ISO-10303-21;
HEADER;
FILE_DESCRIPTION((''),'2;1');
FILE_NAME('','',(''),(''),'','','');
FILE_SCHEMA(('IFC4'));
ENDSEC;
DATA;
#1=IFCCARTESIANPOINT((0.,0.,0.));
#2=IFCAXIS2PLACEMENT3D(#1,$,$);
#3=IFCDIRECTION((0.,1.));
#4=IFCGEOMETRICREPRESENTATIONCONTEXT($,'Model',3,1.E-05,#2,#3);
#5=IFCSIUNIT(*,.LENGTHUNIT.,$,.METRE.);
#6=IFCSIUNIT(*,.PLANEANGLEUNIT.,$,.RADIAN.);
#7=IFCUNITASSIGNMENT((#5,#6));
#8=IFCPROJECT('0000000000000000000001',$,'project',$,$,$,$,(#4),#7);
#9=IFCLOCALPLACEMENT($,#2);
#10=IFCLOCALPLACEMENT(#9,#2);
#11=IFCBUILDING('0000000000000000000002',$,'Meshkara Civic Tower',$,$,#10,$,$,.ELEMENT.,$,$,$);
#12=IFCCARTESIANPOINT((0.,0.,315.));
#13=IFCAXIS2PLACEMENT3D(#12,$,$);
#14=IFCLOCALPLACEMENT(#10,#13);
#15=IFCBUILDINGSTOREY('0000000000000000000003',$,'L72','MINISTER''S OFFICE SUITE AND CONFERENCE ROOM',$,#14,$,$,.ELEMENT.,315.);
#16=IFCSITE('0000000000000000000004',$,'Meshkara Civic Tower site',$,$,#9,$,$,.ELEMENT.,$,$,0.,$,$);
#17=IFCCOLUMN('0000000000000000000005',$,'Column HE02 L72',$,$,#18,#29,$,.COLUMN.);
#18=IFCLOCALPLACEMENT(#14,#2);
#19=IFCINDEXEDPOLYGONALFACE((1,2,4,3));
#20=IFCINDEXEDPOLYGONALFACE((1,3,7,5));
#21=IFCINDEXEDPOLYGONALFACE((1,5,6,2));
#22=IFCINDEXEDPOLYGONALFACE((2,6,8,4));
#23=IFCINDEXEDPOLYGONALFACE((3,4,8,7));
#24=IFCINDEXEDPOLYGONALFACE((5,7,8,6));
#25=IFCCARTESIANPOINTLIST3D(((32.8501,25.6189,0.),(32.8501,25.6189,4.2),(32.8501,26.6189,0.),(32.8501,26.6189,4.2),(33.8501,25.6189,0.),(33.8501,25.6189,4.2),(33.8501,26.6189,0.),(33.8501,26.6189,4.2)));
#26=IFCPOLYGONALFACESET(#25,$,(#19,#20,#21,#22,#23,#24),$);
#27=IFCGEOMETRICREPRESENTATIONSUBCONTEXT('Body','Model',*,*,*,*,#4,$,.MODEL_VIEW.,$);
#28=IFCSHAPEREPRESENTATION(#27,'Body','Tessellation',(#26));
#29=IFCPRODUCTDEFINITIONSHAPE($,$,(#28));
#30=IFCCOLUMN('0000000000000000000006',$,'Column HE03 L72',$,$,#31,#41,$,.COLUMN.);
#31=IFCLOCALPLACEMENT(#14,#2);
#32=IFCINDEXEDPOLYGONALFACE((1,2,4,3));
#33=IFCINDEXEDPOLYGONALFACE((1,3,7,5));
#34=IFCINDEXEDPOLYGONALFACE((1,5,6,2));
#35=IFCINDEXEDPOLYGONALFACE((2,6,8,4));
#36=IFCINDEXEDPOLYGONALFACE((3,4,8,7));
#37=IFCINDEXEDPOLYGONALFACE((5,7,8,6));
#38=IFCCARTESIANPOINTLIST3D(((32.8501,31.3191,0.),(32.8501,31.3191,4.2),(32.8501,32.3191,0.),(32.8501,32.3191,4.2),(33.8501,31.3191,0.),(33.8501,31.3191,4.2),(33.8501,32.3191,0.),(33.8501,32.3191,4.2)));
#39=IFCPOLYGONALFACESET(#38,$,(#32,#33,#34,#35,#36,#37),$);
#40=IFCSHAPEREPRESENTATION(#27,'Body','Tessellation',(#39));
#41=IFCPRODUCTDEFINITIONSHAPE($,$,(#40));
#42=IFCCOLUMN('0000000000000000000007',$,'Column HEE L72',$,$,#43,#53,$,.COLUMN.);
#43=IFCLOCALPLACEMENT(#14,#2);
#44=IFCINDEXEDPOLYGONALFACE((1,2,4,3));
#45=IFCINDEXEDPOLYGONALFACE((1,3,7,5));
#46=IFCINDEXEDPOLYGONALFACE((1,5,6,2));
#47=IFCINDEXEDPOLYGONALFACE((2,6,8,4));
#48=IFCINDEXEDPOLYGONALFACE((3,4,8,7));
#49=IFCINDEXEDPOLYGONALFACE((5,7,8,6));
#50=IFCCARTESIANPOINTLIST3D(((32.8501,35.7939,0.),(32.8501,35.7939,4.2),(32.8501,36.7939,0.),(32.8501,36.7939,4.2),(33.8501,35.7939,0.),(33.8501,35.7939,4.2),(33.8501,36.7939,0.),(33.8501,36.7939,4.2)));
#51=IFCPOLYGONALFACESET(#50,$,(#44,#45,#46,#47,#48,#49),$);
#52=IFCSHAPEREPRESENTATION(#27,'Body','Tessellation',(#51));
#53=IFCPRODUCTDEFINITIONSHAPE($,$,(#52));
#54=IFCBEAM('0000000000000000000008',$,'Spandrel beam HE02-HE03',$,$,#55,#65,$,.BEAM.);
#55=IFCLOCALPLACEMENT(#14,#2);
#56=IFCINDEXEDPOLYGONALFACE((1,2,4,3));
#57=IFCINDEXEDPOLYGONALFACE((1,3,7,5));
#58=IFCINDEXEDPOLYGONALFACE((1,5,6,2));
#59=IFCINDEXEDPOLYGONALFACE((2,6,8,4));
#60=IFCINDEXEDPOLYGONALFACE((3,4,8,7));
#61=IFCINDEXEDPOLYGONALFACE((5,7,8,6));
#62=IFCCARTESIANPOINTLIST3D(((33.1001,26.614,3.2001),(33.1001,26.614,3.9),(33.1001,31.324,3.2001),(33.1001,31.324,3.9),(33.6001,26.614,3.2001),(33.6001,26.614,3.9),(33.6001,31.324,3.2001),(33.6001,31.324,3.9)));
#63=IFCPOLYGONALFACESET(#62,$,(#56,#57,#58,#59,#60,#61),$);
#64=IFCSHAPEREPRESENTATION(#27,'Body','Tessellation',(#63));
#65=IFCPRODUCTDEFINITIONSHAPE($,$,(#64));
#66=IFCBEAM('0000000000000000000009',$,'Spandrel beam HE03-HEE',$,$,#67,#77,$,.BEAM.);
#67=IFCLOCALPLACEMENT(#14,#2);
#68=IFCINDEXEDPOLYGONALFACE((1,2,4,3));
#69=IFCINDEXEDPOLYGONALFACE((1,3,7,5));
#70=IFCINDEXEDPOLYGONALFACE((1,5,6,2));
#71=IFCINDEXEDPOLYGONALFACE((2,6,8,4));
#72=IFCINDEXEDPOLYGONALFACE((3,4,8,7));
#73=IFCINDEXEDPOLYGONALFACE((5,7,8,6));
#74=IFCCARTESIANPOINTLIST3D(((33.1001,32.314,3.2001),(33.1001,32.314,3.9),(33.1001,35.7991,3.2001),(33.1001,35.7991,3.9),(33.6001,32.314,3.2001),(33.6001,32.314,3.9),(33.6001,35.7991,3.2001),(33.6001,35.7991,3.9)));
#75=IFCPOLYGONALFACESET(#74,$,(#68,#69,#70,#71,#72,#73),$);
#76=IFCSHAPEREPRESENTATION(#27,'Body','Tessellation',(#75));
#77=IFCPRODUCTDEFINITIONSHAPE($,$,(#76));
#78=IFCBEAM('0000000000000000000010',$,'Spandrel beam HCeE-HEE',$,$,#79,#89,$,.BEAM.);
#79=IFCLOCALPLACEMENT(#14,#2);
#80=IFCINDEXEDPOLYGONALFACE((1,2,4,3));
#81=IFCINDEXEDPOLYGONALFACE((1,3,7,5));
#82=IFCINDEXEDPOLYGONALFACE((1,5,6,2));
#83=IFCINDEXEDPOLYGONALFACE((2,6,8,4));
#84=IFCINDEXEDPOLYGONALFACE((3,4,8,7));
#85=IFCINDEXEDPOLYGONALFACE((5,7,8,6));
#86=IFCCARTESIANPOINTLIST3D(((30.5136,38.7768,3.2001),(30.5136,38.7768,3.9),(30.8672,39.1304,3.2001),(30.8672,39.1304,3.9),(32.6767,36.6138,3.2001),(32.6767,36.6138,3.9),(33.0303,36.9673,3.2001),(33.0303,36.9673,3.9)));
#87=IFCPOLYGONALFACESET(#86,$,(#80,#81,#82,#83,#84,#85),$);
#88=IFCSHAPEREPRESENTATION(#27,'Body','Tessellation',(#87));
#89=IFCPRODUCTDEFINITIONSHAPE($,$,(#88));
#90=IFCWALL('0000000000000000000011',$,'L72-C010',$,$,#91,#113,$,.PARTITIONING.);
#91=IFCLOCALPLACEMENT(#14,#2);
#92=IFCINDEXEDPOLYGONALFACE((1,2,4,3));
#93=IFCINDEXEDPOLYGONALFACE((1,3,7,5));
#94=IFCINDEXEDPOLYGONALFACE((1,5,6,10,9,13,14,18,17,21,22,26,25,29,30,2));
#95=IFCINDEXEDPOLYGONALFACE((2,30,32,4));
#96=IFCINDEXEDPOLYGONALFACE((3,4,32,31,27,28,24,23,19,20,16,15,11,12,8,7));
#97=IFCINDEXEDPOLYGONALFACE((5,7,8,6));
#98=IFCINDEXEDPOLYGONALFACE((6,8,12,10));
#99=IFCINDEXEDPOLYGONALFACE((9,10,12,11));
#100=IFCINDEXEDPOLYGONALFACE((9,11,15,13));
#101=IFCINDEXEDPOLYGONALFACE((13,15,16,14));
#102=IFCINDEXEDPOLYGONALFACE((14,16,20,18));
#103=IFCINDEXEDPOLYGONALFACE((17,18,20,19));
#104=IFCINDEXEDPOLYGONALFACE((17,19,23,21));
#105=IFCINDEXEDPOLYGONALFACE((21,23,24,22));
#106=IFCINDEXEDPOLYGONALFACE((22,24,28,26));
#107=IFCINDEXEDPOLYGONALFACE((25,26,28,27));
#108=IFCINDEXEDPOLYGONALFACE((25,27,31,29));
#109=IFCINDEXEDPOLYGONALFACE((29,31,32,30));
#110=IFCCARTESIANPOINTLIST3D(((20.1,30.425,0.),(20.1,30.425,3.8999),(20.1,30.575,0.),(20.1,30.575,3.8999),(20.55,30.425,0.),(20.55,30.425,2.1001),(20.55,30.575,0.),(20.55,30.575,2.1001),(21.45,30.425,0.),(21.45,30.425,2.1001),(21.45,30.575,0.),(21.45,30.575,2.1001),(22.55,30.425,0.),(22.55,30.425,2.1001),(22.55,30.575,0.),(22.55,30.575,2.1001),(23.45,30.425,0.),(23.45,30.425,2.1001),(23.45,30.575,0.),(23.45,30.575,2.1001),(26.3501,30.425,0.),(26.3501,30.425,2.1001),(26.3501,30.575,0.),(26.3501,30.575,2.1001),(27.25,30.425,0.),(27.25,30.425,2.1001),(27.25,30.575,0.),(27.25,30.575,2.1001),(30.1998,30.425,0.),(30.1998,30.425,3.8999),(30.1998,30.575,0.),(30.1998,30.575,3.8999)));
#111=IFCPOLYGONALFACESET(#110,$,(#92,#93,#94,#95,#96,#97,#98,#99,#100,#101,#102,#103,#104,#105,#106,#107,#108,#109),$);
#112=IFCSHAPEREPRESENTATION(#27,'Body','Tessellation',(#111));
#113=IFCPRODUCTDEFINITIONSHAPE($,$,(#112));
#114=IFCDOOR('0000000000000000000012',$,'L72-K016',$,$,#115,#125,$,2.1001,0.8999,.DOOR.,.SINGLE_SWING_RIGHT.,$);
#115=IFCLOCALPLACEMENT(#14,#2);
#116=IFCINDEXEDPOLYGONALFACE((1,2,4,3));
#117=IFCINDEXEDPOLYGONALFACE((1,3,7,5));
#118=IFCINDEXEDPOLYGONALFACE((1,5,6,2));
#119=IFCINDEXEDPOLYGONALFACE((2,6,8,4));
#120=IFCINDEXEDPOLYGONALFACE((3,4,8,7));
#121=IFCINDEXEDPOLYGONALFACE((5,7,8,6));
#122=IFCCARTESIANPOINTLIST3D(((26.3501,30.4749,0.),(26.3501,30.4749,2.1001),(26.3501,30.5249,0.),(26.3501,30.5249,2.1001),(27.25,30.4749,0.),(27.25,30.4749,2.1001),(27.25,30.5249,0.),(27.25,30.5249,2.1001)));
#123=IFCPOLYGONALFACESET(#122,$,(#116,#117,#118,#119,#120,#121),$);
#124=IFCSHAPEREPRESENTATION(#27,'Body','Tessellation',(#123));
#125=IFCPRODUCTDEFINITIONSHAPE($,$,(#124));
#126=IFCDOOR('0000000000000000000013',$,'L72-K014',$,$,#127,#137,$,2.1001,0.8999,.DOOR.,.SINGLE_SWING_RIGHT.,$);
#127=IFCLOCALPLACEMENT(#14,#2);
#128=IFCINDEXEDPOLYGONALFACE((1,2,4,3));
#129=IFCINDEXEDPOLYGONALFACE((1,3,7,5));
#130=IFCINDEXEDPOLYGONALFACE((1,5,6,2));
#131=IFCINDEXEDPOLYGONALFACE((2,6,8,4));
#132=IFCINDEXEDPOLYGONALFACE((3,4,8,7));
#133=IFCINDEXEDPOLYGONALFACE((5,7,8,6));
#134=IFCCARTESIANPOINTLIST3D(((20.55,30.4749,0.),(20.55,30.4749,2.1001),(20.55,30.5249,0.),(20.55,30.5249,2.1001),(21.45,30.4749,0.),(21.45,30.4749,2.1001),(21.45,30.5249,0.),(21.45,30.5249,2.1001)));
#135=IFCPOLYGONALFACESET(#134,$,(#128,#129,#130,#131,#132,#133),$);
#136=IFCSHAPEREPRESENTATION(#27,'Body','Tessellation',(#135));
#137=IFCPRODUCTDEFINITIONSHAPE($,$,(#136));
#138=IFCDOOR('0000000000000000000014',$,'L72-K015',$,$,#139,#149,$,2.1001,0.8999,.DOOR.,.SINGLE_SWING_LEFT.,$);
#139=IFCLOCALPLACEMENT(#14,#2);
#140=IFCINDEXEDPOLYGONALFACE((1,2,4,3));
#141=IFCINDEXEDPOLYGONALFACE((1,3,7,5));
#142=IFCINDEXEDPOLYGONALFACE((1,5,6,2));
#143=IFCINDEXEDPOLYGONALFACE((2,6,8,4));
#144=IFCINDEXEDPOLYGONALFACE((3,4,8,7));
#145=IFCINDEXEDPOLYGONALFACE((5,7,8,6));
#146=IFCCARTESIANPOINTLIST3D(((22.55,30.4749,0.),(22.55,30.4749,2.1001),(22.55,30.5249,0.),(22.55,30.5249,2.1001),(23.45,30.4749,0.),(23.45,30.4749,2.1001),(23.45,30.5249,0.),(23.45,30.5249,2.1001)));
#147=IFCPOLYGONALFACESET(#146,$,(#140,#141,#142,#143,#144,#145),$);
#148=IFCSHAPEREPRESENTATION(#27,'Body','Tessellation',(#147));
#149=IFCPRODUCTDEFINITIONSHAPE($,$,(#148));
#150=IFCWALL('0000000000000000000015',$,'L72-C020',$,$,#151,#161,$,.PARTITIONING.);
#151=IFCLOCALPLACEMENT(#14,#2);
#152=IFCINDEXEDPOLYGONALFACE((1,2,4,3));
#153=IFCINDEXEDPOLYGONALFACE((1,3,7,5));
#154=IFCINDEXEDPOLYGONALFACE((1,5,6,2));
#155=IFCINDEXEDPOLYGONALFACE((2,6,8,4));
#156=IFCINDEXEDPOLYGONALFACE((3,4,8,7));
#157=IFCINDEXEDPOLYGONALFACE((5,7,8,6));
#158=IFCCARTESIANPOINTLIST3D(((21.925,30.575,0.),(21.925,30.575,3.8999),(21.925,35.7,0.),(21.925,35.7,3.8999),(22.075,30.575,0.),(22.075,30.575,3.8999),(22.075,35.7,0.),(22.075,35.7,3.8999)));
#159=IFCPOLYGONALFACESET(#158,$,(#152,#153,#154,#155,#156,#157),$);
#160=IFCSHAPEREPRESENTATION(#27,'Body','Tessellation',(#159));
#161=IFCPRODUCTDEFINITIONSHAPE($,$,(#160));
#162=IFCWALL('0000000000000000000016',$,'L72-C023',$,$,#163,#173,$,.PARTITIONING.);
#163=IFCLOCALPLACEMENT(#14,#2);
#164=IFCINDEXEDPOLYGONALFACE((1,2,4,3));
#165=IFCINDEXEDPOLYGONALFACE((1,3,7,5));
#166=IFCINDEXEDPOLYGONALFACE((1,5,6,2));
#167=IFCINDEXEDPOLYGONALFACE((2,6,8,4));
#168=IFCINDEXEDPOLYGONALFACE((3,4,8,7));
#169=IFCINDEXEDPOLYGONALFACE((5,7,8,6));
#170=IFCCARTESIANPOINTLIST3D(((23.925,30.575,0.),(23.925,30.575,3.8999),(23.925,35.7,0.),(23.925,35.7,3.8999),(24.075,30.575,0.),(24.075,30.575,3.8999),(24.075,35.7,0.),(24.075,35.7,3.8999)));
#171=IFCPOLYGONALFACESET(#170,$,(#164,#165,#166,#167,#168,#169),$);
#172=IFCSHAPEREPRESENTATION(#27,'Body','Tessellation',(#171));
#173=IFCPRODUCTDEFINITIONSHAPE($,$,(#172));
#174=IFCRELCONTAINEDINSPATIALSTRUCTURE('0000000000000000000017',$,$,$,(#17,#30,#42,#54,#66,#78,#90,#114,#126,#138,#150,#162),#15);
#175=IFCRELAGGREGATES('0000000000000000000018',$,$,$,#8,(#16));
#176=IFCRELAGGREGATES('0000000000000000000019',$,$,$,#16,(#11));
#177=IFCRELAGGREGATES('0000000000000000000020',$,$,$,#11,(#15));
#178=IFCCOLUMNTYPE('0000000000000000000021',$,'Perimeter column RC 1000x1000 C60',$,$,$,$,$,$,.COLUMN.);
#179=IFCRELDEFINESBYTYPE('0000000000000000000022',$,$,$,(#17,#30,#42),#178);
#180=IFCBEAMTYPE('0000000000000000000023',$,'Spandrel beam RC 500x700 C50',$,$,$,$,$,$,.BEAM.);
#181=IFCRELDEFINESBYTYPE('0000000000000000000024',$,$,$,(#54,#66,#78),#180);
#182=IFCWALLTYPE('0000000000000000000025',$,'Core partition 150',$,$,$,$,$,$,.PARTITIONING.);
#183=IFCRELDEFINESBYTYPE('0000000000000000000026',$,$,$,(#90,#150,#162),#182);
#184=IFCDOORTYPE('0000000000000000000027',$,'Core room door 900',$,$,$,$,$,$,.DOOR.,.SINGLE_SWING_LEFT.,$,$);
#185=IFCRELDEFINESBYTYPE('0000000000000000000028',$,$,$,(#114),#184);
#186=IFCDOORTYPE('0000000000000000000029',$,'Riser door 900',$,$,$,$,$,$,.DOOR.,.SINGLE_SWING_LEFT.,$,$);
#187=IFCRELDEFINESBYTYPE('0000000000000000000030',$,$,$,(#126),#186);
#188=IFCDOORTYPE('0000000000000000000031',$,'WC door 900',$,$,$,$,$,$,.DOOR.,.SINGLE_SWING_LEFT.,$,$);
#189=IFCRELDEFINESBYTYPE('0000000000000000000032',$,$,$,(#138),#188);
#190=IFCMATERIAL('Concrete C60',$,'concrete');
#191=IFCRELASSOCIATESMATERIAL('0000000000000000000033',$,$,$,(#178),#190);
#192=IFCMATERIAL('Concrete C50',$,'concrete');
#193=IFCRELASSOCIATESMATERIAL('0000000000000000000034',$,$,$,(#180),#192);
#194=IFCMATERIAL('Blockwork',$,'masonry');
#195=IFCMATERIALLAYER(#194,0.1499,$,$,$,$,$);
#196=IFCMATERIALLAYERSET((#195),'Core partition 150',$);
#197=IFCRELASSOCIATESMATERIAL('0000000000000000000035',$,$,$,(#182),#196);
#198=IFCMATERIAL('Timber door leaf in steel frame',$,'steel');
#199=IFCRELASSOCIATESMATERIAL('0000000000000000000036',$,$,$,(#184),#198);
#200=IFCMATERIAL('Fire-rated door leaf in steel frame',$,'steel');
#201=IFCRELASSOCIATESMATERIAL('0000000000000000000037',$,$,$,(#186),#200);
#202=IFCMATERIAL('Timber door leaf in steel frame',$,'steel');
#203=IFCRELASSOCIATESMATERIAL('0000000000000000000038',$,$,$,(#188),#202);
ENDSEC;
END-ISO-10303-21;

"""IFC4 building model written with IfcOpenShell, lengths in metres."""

from ifc_helpers import new_model, si_unit, direction, frame, frame_2d, origin, origin_2d, place, context, subcontext, project, spatial, rectangle, extrude, material, layer, layer_set, material_profile, profile_set, type_object, element, fill, save


model = new_model("IFC4")

# Units and contexts
model_context = context("Model", 3, precision=1e-05, world=origin(), true_north=direction((0.0, 1.0)))
body_context = subcontext(model_context, "Body", "Model", "MODEL_VIEW")
ifc_project = project(units=[si_unit("LENGTHUNIT", "METRE"), si_unit("PLANEANGLEUNIT", "RADIAN")], contexts=[model_context])

# Site, building, storey
site_placement = place(None, origin())
site = spatial("IfcSite", under=ifc_project, at=site_placement, Name="Meshkara Civic Tower site", CompositionType="ELEMENT", RefElevation=0.0)
building_placement = place(site_placement, origin())
building = spatial("IfcBuilding", under=site, at=building_placement, Name="Meshkara Civic Tower", CompositionType="ELEMENT")
storey_placement = place(building_placement, frame((0.0, 0.0, 315.0)))
storey = spatial("IfcBuildingStorey", under=building, at=storey_placement, Name="L72", Description="MINISTER'S OFFICE SUITE AND CONFERENCE ROOM", CompositionType="ELEMENT", Elevation=315.0)

# Columns
ifc_material_1 = material(Name="Concrete C60", Category="concrete")
ifc_material_profile_1 = material_profile(ifc_material_1, rectangle(XDim=1.0, YDim=1.0, at=origin_2d()))
ifc_profile_set_1 = profile_set([ifc_material_profile_1], Name="Concrete C60")
column_type = type_object("IfcColumnType", Name="Perimeter column RC 1000x1000 C60", PredefinedType="COLUMN", material=ifc_profile_set_1)
for number, where, z_axis, x_axis, name in (
    (1, (33.3501, 26.1189, 0.0), (0.0, 0.0, 1.0), (1.0, 0.0, 0.0), "Column HE02 L72"),
    (2, (33.3501, 31.8191, 0.0), (0.0, 0.0, 1.0), (1.0, 0.0, 0.0), "Column HE03 L72"),
    (3, (33.3501, 36.2939, 0.0), (0.0, 0.0, 1.0), (1.0, 0.0, 0.0), "Column HEE L72"),
):
    element("IfcColumn", number, at=place(storey_placement, frame(where, z_axis=z_axis, x_axis=x_axis)), inside=storey, type_object=column_type, Name=name, PredefinedType="COLUMN", context=body_context, shape_type="SweptSolid", body=[
        extrude(rectangle(XDim=1.0, YDim=1.0, at=origin_2d()), origin(), (0.0, 0.0, 1.0), 4.2),
    ])

# Beams
ifc_material_2 = material(Name="Concrete C50", Category="concrete")
ifc_material_profile_2 = material_profile(ifc_material_2, rectangle(XDim=0.5, YDim=0.7, at=origin_2d()))
ifc_profile_set_2 = profile_set([ifc_material_profile_2], Name="Concrete C50")
beam_type = type_object("IfcBeamType", Name="Spandrel beam RC 500x700 C50", PredefinedType="BEAM", material=ifc_profile_set_2)
beam_1_placement = place(storey_placement, frame((33.3501, 26.614, 3.55), z_axis=(0.0, 1.0, 0.0), x_axis=(-1.0, 0.0, 0.0)))
element("IfcBeam", 4, at=beam_1_placement, inside=storey, type_object=beam_type, Name="Spandrel beam HE02-HE03", PredefinedType="BEAM", context=body_context, shape_type="SweptSolid", body=[
    extrude(rectangle(XDim=0.5, YDim=0.7, at=origin_2d()), origin(), (0.0, 0.0, 1.0), 4.71),
])
beam_2_placement = place(storey_placement, frame((33.3501, 32.314, 3.55), z_axis=(0.0, 1.0, 0.0), x_axis=(-1.0, 0.0, 0.0)))
element("IfcBeam", 5, at=beam_2_placement, inside=storey, type_object=beam_type, Name="Spandrel beam HE03-HEE", PredefinedType="BEAM", context=body_context, shape_type="SweptSolid", body=[
    extrude(rectangle(XDim=0.5, YDim=0.7, at=origin_2d()), origin(), (0.0, 0.0, 1.0), 3.4851),
])
beam_3_placement = place(storey_placement, frame((32.8535, 36.7905, 3.55), z_axis=(-0.707107, 0.707107, 0.0), x_axis=(-0.707107, -0.707107, 0.0)))
element("IfcBeam", 6, at=beam_3_placement, inside=storey, type_object=beam_type, Name="Spandrel beam HCeE-HEE", PredefinedType="BEAM", context=body_context, shape_type="SweptSolid", body=[
    extrude(rectangle(XDim=0.5, YDim=0.7, at=origin_2d()), origin(), (0.0, 0.0, 1.0), 3.0591),
])

# Wall, openings, doors
ifc_material_3 = material(Name="Blockwork", Category="masonry")
ifc_layer_1 = layer(ifc_material_3, 0.1499)
ifc_layer_set_1 = layer_set([ifc_layer_1], Name="Core partition 150")
wall_type_1 = type_object("IfcWallType", Name="Core partition 150", PredefinedType="PARTITIONING", material=ifc_layer_set_1)
wall_1_placement = place(storey_placement, frame((20.1001, 30.5, 0.0), z_axis=(0.0, 0.0, 1.0), x_axis=(1.0, 0.0, 0.0)))
wall_1 = element("IfcWall", 7, at=wall_1_placement, inside=storey, type_object=wall_type_1, Name="L72-C010", PredefinedType="PARTITIONING", context=body_context, shape_type="SweptSolid", body=[
    extrude(rectangle(XDim=10.0999, YDim=0.1499, at=frame_2d((5.0498, 0.0))), origin(), (0.0, 0.0, 1.0), 3.8999),
])
opening_1_placement = place(wall_1_placement, frame((0.45, 0.0, 0.0)))
opening_1 = element("IfcOpeningElement", 8, at=opening_1_placement, cuts=wall_1, PredefinedType="OPENING", context=body_context, shape_type="SweptSolid", body=[
    extrude(rectangle(XDim=0.8999, YDim=2.1001, at=frame_2d((0.45, 1.05))), frame((0.0, 0.085, 0.0), z_axis=(0.0, -1.0, 0.0), x_axis=(1.0, 0.0, 0.0)), (0.0, 0.0, 1.0), 0.1699),
])
opening_2_placement = place(wall_1_placement, frame((2.45, 0.0, 0.0)))
opening_2 = element("IfcOpeningElement", 9, at=opening_2_placement, cuts=wall_1, PredefinedType="OPENING", context=body_context, shape_type="SweptSolid", body=[
    extrude(rectangle(XDim=0.8999, YDim=2.1001, at=frame_2d((0.45, 1.05))), frame((0.0, 0.085, 0.0), z_axis=(0.0, -1.0, 0.0), x_axis=(1.0, 0.0, 0.0)), (0.0, 0.0, 1.0), 0.1699),
])
opening_3_placement = place(wall_1_placement, frame((6.25, 0.0, 0.0)))
opening_3 = element("IfcOpeningElement", 10, at=opening_3_placement, cuts=wall_1, PredefinedType="OPENING", context=body_context, shape_type="SweptSolid", body=[
    extrude(rectangle(XDim=0.8999, YDim=2.1001, at=frame_2d((0.45, 1.05))), frame((0.0, 0.085, 0.0), z_axis=(0.0, -1.0, 0.0), x_axis=(1.0, 0.0, 0.0)), (0.0, 0.0, 1.0), 0.1699),
])
ifc_material_4 = material(Name="Timber door leaf in steel frame", Category="steel")
door_type_1 = type_object("IfcDoorType", Name="Core room door 900", OperationType="SINGLE_SWING_LEFT", PredefinedType="DOOR", material=ifc_material_4)
door_1_placement = place(opening_3_placement, origin())
door_1 = element("IfcDoor", 11, at=door_1_placement, inside=storey, type_object=door_type_1, Name="L72-K016", OperationType="SINGLE_SWING_RIGHT", OverallHeight=2.1001, OverallWidth=0.8999, PredefinedType="DOOR", context=body_context, shape_type="SweptSolid", body=[
    extrude(rectangle(XDim=0.8999, YDim=2.1001, at=frame_2d((0.45, 1.05))), frame((0.0, 0.0249, 0.0), z_axis=(0.0, -1.0, 0.0), x_axis=(1.0, 0.0, 0.0)), (0.0, 0.0, 1.0), 0.05),
])
fill(opening_3, door_1)
ifc_material_5 = material(Name="Fire-rated door leaf in steel frame", Category="steel")
door_type_2 = type_object("IfcDoorType", Name="Riser door 900", OperationType="SINGLE_SWING_LEFT", PredefinedType="DOOR", material=ifc_material_5)
door_2_placement = place(opening_1_placement, origin())
door_2 = element("IfcDoor", 12, at=door_2_placement, inside=storey, type_object=door_type_2, Name="L72-K014", OperationType="SINGLE_SWING_RIGHT", OverallHeight=2.1001, OverallWidth=0.8999, PredefinedType="DOOR", context=body_context, shape_type="SweptSolid", body=[
    extrude(rectangle(XDim=0.8999, YDim=2.1001, at=frame_2d((0.45, 1.05))), frame((0.0, 0.0249, 0.0), z_axis=(0.0, -1.0, 0.0), x_axis=(1.0, 0.0, 0.0)), (0.0, 0.0, 1.0), 0.05),
])
fill(opening_1, door_2)
ifc_material_6 = material(Name="Timber door leaf in steel frame", Category="steel")
door_type_3 = type_object("IfcDoorType", Name="WC door 900", OperationType="SINGLE_SWING_LEFT", PredefinedType="DOOR", material=ifc_material_6)
door_3_placement = place(opening_2_placement, origin())
door_3 = element("IfcDoor", 13, at=door_3_placement, inside=storey, type_object=door_type_3, Name="L72-K015", OperationType="SINGLE_SWING_LEFT", OverallHeight=2.1001, OverallWidth=0.8999, PredefinedType="DOOR", context=body_context, shape_type="SweptSolid", body=[
    extrude(rectangle(XDim=0.8999, YDim=2.1001, at=frame_2d((0.45, 1.05))), frame((0.0, 0.0249, 0.0), z_axis=(0.0, -1.0, 0.0), x_axis=(1.0, 0.0, 0.0)), (0.0, 0.0, 1.0), 0.05),
])
fill(opening_2, door_3)

# Walls
for number, where, z_axis, x_axis, name in (
    (14, (22.0, 30.575, 0.0), (0.0, 0.0, 1.0), (0.0, 1.0, 0.0), "L72-C020"),
    (15, (24.0, 30.575, 0.0), (0.0, 0.0, 1.0), (0.0, 1.0, 0.0), "L72-C023"),
):
    element("IfcWall", number, at=place(storey_placement, frame(where, z_axis=z_axis, x_axis=x_axis)), inside=storey, type_object=wall_type_1, Name=name, PredefinedType="PARTITIONING", context=body_context, shape_type="SweptSolid", body=[
        extrude(rectangle(XDim=5.125, YDim=0.1499, at=frame_2d((2.5625, 0.0))), origin(), (0.0, 0.0, 1.0), 3.8999),
    ])

save(model, "model.ifc")
